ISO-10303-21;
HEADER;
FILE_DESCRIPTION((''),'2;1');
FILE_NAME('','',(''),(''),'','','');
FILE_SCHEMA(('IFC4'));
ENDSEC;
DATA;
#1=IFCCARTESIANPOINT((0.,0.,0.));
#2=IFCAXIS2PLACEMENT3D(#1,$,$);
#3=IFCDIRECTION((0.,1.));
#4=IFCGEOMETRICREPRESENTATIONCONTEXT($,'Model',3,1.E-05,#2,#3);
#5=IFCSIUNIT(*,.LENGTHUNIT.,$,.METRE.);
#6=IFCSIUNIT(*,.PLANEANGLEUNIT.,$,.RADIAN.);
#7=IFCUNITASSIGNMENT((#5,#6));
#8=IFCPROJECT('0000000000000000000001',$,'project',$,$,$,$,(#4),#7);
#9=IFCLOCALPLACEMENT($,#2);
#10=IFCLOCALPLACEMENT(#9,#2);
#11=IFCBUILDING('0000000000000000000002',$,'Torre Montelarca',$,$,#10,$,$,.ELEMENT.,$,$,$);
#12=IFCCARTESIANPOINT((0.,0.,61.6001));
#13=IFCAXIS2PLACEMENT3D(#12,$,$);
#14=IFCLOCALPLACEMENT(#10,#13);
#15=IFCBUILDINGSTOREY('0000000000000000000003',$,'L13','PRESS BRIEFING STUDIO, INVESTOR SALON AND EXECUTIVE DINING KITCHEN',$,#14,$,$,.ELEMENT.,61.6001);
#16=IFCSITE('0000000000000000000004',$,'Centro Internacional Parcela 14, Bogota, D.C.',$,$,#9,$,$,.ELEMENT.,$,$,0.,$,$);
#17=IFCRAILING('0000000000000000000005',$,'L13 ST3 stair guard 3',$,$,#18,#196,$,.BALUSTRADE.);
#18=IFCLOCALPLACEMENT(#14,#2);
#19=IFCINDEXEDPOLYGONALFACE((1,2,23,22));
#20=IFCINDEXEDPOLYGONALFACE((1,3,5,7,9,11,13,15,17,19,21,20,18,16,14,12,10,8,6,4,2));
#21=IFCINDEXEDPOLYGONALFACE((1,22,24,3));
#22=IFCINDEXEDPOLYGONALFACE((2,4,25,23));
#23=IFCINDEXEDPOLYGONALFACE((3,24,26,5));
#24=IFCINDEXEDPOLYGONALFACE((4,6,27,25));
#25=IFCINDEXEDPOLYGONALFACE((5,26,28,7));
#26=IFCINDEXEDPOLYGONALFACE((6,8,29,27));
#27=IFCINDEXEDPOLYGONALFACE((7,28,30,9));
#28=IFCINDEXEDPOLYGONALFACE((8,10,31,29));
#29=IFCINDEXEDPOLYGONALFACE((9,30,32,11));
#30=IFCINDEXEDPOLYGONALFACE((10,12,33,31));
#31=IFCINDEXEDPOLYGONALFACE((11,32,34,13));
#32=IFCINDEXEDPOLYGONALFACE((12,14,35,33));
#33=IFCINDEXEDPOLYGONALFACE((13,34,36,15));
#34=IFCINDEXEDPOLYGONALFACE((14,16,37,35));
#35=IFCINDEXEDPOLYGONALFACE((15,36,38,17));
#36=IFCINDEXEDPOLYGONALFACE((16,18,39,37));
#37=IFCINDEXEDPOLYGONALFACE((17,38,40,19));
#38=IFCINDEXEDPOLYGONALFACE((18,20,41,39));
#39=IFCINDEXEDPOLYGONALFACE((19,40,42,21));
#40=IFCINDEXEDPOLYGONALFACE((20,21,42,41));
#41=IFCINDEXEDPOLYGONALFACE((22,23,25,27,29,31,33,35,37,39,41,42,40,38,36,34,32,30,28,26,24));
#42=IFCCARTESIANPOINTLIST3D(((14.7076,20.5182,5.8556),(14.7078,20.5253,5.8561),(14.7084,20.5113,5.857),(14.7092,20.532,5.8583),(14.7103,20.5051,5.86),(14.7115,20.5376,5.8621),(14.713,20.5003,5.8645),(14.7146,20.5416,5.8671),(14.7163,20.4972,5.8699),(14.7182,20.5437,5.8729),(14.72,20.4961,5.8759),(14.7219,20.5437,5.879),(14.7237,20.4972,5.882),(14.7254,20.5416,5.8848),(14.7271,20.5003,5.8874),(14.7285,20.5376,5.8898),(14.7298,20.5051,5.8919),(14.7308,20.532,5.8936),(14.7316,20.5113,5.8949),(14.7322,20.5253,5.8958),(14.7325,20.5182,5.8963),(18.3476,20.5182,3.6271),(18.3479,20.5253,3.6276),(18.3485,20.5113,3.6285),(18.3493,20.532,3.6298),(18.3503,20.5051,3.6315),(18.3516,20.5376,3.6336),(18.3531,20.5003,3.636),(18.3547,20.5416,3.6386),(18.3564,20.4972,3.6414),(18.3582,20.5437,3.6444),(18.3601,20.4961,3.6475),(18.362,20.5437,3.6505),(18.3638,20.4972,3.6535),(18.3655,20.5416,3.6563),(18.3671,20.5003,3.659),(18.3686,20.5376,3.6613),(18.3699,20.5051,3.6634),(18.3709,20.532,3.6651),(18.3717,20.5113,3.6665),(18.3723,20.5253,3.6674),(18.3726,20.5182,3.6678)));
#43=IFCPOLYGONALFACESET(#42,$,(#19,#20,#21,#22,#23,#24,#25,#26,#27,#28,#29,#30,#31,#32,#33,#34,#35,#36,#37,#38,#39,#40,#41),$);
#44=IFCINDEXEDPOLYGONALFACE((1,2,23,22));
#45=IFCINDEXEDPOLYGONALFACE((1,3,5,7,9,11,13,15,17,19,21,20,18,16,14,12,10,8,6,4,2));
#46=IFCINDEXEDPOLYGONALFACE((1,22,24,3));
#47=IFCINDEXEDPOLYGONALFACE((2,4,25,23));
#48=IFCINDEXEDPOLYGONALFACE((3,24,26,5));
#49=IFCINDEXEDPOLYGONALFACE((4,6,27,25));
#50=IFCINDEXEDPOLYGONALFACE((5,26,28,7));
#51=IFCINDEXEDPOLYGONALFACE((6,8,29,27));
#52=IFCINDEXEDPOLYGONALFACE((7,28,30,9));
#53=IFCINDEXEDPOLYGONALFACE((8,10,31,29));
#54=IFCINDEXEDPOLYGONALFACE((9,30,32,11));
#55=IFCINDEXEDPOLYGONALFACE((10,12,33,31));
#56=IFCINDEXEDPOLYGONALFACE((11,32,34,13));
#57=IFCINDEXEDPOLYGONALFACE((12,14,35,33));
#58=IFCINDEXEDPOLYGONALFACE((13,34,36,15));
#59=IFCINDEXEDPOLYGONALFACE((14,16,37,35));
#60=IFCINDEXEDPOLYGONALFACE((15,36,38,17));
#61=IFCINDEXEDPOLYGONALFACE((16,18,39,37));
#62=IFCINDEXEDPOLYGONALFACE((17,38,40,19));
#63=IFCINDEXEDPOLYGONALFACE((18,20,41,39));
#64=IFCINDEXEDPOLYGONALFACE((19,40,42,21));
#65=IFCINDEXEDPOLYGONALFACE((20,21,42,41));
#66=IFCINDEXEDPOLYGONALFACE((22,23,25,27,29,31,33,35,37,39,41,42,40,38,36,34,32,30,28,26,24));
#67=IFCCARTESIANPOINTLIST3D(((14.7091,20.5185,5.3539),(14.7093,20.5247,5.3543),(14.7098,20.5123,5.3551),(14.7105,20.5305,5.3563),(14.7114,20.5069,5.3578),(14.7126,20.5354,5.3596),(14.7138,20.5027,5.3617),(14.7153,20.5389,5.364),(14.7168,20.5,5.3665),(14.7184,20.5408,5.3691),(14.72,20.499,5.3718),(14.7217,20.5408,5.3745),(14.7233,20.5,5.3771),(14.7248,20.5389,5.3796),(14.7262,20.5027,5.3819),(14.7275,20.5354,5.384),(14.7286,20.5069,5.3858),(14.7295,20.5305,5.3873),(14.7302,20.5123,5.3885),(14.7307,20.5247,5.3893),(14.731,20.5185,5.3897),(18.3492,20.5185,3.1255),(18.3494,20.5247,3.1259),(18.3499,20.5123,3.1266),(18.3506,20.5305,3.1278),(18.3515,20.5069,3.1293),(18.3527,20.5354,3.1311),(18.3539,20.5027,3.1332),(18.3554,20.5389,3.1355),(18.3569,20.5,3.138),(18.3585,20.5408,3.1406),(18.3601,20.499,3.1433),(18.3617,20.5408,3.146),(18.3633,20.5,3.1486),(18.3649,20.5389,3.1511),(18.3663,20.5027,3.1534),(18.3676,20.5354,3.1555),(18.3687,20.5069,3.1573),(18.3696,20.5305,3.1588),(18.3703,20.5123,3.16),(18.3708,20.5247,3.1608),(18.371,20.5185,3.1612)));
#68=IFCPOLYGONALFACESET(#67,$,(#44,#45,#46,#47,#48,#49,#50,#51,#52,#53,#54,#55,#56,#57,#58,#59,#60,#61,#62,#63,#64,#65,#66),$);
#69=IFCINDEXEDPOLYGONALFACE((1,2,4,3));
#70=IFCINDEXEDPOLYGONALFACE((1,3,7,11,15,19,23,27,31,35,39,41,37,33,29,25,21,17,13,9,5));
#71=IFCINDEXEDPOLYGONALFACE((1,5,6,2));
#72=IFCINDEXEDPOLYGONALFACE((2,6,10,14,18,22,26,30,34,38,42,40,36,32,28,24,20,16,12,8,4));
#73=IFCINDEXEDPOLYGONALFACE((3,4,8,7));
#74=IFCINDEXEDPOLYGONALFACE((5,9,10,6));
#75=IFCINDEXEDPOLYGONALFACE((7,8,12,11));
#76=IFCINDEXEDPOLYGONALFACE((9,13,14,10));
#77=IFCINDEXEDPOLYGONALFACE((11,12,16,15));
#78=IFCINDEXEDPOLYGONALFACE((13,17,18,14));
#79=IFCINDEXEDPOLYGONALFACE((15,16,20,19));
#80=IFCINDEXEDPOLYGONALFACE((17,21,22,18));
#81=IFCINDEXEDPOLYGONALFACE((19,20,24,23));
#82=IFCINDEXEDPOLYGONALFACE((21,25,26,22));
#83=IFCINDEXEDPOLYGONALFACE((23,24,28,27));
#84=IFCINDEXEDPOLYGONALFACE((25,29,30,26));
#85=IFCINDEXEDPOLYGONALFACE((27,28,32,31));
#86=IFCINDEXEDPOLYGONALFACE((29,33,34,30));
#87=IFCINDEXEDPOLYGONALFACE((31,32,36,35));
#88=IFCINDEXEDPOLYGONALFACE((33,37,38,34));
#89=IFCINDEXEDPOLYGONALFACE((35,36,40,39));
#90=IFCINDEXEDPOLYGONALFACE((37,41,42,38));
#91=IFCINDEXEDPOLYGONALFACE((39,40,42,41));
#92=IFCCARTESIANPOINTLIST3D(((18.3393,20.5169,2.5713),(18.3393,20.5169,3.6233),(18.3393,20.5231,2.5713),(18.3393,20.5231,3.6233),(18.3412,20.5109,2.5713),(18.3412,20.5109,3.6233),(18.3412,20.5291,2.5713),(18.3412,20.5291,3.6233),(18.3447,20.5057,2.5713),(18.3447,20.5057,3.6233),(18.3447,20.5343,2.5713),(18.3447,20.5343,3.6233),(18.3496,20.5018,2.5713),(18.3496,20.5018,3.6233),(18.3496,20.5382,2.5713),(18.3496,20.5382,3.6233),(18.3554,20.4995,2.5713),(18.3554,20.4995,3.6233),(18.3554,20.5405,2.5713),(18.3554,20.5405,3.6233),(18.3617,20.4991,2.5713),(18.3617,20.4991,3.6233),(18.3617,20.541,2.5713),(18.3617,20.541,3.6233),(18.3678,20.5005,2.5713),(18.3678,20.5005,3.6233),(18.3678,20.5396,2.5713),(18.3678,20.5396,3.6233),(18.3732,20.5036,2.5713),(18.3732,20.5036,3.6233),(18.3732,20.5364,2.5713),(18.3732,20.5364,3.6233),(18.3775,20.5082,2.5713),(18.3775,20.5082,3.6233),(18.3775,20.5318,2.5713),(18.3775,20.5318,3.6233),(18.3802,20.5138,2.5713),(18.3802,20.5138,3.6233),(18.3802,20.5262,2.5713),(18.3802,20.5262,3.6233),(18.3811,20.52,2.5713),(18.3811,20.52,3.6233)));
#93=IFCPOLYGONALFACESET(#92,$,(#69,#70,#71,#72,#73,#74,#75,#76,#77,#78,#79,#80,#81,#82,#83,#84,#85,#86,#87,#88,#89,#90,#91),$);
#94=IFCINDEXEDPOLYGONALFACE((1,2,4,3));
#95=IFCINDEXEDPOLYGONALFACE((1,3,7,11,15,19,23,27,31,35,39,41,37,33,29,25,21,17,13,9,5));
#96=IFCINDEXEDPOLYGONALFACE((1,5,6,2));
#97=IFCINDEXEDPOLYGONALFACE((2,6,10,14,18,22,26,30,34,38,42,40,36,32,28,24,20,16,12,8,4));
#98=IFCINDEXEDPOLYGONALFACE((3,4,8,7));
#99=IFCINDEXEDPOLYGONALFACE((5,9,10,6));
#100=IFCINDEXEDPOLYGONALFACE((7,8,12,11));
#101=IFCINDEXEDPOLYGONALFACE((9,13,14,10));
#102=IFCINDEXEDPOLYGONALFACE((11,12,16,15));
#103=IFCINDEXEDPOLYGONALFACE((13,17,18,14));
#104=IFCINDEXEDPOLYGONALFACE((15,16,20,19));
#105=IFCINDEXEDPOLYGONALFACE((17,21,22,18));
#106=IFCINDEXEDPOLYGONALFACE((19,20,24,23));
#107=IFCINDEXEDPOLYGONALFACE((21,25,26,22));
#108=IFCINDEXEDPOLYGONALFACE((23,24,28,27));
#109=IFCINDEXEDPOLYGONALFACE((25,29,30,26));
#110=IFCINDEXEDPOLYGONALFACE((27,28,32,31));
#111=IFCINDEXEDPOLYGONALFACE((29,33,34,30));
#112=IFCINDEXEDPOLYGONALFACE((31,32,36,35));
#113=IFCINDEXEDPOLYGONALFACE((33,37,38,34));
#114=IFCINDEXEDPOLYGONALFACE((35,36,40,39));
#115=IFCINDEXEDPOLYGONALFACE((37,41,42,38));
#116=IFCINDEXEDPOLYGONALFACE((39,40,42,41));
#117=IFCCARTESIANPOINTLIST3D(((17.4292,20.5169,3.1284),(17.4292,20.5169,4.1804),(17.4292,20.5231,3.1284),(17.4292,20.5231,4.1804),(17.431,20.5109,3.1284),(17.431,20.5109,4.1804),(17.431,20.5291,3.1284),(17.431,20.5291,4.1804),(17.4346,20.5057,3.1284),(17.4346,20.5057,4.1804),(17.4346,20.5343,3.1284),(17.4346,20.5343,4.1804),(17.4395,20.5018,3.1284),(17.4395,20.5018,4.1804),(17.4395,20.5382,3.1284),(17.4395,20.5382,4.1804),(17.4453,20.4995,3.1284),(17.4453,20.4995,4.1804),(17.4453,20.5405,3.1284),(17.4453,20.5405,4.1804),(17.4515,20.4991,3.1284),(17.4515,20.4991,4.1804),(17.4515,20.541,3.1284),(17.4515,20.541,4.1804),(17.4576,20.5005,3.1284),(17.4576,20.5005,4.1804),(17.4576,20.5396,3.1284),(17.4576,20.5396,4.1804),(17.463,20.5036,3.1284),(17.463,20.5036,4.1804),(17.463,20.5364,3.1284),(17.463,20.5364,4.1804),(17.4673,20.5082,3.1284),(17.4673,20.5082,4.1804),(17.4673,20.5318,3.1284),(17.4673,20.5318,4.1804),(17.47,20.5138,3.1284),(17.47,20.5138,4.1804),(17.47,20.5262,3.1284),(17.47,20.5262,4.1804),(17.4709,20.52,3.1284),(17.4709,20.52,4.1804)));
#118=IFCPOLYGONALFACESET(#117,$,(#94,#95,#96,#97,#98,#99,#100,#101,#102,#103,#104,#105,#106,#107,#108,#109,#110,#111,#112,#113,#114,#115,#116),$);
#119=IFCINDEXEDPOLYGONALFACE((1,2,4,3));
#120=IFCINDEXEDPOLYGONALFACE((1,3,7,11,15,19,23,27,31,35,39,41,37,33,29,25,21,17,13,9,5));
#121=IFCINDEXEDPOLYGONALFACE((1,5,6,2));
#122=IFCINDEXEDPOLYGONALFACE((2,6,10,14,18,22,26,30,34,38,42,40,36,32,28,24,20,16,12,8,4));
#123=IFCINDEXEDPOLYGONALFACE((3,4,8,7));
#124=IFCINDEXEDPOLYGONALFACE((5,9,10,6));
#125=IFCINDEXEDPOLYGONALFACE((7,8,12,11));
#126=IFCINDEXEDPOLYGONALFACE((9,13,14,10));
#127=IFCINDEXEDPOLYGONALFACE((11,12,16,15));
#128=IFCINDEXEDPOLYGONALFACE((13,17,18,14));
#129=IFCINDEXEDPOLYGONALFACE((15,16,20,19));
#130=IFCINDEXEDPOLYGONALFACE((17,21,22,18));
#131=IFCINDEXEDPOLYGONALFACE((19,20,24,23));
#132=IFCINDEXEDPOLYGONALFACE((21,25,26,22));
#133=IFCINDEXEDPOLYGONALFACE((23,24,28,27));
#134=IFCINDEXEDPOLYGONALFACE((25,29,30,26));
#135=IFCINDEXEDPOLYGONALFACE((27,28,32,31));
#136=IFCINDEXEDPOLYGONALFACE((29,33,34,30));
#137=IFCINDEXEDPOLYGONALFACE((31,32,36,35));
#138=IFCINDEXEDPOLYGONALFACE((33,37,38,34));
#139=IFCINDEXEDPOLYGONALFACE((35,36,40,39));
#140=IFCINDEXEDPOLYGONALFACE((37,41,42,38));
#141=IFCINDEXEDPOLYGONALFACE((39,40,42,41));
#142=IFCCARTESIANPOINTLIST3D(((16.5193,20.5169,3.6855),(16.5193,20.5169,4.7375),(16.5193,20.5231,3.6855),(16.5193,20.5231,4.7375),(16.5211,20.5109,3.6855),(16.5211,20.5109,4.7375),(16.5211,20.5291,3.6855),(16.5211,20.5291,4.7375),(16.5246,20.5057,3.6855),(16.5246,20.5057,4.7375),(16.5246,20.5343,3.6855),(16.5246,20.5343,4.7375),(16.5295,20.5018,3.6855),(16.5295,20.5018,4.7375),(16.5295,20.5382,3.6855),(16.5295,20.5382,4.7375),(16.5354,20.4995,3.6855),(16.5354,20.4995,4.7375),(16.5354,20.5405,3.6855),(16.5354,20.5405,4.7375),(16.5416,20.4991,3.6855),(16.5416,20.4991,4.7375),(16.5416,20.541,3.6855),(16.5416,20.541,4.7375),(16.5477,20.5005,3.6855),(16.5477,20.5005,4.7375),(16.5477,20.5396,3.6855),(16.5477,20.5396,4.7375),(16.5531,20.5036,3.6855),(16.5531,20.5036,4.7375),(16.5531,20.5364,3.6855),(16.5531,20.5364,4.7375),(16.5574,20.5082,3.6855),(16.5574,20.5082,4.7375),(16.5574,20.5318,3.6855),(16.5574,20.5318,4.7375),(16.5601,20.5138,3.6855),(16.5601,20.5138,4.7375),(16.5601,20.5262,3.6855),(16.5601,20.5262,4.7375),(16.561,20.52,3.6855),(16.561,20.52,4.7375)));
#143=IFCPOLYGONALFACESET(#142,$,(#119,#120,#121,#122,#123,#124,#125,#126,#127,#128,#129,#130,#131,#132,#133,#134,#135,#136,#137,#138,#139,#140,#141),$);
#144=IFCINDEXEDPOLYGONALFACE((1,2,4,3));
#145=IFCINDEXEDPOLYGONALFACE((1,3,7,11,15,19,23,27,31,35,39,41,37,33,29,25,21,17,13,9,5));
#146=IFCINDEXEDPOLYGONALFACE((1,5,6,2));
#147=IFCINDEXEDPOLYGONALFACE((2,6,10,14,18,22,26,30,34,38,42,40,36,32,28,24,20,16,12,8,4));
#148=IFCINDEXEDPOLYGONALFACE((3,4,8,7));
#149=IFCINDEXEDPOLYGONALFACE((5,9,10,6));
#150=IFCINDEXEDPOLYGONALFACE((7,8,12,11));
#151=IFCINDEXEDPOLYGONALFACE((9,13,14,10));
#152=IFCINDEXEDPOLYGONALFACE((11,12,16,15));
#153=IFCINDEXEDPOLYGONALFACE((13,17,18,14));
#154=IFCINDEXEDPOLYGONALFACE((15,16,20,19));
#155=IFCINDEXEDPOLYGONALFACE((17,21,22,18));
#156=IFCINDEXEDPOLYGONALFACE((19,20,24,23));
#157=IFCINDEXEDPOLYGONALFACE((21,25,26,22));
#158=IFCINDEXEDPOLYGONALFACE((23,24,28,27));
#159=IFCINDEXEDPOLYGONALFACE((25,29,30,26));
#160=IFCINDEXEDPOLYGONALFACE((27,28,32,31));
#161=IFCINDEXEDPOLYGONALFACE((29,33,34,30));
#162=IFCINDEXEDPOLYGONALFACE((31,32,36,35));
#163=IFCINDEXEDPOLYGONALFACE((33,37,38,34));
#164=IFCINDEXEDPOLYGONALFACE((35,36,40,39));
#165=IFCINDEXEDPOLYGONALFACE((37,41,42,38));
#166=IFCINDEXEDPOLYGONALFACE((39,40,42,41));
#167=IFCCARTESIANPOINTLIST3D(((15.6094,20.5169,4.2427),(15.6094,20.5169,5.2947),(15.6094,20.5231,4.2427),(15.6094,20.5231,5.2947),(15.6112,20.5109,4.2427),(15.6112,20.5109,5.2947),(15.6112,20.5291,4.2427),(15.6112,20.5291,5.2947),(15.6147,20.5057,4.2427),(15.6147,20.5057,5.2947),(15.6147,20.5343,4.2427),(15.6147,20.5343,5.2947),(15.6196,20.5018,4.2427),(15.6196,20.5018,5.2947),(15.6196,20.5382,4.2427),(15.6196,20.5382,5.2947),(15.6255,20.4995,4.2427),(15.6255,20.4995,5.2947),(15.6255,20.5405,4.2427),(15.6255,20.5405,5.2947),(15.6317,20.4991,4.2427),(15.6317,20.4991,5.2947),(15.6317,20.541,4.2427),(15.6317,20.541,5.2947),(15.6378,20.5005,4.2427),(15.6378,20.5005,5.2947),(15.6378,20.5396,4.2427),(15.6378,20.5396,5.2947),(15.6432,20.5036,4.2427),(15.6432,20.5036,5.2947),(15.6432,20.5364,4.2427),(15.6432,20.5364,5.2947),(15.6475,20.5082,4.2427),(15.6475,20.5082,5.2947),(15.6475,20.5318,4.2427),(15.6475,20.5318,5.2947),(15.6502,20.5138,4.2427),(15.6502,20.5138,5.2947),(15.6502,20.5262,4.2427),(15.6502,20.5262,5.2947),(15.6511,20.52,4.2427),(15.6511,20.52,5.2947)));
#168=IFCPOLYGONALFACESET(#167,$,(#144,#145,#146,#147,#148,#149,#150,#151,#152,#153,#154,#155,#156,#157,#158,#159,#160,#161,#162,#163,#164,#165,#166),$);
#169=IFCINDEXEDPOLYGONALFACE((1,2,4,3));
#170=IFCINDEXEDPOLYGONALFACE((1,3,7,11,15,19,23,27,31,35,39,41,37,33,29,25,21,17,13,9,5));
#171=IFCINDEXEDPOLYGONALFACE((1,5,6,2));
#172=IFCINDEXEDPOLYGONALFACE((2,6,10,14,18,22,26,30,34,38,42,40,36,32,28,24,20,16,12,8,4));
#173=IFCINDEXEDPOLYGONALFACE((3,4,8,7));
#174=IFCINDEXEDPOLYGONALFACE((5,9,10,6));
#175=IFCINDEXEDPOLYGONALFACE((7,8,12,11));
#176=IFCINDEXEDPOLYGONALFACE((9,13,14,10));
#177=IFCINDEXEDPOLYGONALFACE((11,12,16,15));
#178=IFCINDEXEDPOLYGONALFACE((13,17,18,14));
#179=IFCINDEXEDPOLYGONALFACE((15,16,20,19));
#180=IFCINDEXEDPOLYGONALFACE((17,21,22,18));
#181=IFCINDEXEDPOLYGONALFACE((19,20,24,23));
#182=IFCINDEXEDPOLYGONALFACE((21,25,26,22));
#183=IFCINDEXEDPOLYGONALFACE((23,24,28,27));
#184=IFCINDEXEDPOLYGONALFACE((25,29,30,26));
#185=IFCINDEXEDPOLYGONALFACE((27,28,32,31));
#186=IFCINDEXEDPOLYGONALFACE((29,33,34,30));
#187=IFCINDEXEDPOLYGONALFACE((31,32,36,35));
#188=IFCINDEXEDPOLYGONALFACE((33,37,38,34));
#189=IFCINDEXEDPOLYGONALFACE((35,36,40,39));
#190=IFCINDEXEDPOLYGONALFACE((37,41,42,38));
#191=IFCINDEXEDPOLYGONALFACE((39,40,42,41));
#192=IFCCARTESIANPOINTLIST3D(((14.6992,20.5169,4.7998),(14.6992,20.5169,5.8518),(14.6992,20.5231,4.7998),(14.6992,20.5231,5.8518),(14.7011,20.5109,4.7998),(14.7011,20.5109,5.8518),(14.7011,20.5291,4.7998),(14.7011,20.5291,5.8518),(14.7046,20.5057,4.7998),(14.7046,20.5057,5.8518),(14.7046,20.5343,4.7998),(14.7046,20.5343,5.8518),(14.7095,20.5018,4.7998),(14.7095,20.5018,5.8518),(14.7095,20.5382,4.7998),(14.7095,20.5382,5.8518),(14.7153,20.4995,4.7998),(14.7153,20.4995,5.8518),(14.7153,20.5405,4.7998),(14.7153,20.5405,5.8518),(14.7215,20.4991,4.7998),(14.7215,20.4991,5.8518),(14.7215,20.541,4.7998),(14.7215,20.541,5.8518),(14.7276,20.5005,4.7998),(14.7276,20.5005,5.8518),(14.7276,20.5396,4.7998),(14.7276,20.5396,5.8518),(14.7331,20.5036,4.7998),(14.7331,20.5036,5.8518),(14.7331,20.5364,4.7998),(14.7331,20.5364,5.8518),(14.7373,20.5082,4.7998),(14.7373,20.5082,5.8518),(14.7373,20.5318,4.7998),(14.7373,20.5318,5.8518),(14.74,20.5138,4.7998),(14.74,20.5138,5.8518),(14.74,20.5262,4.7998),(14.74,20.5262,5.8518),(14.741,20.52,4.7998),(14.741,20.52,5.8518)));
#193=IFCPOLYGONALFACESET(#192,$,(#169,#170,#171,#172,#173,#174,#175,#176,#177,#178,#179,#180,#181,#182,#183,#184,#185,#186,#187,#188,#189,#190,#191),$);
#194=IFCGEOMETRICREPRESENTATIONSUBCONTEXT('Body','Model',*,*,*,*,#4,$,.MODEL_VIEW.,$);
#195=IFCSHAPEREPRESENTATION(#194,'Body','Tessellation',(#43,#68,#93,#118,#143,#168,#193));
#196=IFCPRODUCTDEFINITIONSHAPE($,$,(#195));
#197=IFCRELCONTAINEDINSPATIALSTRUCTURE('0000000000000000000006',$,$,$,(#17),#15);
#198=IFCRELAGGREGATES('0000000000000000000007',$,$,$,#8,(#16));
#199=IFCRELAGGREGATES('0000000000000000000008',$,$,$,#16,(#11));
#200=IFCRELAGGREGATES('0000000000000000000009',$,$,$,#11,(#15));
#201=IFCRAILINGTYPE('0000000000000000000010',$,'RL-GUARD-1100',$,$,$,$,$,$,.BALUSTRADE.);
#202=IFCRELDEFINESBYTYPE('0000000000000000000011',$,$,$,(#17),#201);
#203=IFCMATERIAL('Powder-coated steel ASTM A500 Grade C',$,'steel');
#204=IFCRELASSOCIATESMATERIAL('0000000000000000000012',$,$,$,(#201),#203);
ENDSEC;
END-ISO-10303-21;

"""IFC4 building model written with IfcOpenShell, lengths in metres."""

from ifc_helpers import new_model, si_unit, direction, frame, origin, origin_2d, place, context, subcontext, project, spatial, circle, extrude, material, type_object, element, save


model = new_model("IFC4")

# Units and contexts
model_context = context("Model", 3, precision=1e-05, world=origin(), true_north=direction((0.0, 1.0)))
body_context = subcontext(model_context, "Body", "Model", "MODEL_VIEW")
ifc_project = project(units=[si_unit("LENGTHUNIT", "METRE"), si_unit("PLANEANGLEUNIT", "RADIAN")], contexts=[model_context])

# Site, building, storey
site_placement = place(None, origin())
site = spatial("IfcSite", under=ifc_project, at=site_placement, Name="Centro Internacional Parcela 14, Bogota, D.C.", CompositionType="ELEMENT", RefElevation=0.0)
building_placement = place(site_placement, origin())
building = spatial("IfcBuilding", under=site, at=building_placement, Name="Torre Montelarca", CompositionType="ELEMENT")
storey_placement = place(building_placement, frame((0.0, 0.0, 61.6001)))
storey = spatial("IfcBuildingStorey", under=building, at=storey_placement, Name="L13", Description="PRESS BRIEFING STUDIO, INVESTOR SALON AND EXECUTIVE DINING KITCHEN", CompositionType="ELEMENT", Elevation=61.6001)

# Railing
ifc_material_1 = material(Name="Powder-coated steel ASTM A500 Grade C", Category="steel")
railing_type_1 = type_object("IfcRailingType", Name="RL-GUARD-1100", PredefinedType="BALUSTRADE", material=ifc_material_1)
railing_1_placement = place(storey_placement, frame((18.3601, 20.52, 2.5713)))
element("IfcRailing", 1, at=railing_1_placement, inside=storey, type_object=railing_type_1, Name="L13 ST3 stair guard 3", PredefinedType="BALUSTRADE", context=body_context, shape_type="SweptSolid", body=[
    extrude(circle(Radius=0.0239, at=origin_2d()), frame((0.0, 0.0, 1.0762), z_axis=(-0.852866, 0.0, 0.52213), x_axis=(0.0, -1.0, 0.0)), (0.0, 0.0, 1.0), 4.2681),
    extrude(circle(Radius=0.021, at=origin_2d()), frame((0.0, 0.0, 0.572), z_axis=(-0.852866, 0.0, 0.52213), x_axis=(0.0, -1.0, 0.0)), (0.0, 0.0, 1.0), 4.2681),
    extrude(circle(Radius=0.021, at=origin_2d()), origin(), (0.0, 0.0, 1.0), 1.052),
    extrude(circle(Radius=0.021, at=origin_2d()), frame((-0.9102, 0.0, 0.5571)), (0.0, 0.0, 1.0), 1.052),
    extrude(circle(Radius=0.021, at=origin_2d()), frame((-1.8201, 0.0, 1.1143)), (0.0, 0.0, 1.0), 1.052),
    extrude(circle(Radius=0.021, at=origin_2d()), frame((-2.73, 0.0, 1.6714)), (0.0, 0.0, 1.0), 1.052),
    extrude(circle(Radius=0.021, at=origin_2d()), frame((-3.6401, 0.0, 2.2285)), (0.0, 0.0, 1.0), 1.052),
])

save(model, "model.ifc")
